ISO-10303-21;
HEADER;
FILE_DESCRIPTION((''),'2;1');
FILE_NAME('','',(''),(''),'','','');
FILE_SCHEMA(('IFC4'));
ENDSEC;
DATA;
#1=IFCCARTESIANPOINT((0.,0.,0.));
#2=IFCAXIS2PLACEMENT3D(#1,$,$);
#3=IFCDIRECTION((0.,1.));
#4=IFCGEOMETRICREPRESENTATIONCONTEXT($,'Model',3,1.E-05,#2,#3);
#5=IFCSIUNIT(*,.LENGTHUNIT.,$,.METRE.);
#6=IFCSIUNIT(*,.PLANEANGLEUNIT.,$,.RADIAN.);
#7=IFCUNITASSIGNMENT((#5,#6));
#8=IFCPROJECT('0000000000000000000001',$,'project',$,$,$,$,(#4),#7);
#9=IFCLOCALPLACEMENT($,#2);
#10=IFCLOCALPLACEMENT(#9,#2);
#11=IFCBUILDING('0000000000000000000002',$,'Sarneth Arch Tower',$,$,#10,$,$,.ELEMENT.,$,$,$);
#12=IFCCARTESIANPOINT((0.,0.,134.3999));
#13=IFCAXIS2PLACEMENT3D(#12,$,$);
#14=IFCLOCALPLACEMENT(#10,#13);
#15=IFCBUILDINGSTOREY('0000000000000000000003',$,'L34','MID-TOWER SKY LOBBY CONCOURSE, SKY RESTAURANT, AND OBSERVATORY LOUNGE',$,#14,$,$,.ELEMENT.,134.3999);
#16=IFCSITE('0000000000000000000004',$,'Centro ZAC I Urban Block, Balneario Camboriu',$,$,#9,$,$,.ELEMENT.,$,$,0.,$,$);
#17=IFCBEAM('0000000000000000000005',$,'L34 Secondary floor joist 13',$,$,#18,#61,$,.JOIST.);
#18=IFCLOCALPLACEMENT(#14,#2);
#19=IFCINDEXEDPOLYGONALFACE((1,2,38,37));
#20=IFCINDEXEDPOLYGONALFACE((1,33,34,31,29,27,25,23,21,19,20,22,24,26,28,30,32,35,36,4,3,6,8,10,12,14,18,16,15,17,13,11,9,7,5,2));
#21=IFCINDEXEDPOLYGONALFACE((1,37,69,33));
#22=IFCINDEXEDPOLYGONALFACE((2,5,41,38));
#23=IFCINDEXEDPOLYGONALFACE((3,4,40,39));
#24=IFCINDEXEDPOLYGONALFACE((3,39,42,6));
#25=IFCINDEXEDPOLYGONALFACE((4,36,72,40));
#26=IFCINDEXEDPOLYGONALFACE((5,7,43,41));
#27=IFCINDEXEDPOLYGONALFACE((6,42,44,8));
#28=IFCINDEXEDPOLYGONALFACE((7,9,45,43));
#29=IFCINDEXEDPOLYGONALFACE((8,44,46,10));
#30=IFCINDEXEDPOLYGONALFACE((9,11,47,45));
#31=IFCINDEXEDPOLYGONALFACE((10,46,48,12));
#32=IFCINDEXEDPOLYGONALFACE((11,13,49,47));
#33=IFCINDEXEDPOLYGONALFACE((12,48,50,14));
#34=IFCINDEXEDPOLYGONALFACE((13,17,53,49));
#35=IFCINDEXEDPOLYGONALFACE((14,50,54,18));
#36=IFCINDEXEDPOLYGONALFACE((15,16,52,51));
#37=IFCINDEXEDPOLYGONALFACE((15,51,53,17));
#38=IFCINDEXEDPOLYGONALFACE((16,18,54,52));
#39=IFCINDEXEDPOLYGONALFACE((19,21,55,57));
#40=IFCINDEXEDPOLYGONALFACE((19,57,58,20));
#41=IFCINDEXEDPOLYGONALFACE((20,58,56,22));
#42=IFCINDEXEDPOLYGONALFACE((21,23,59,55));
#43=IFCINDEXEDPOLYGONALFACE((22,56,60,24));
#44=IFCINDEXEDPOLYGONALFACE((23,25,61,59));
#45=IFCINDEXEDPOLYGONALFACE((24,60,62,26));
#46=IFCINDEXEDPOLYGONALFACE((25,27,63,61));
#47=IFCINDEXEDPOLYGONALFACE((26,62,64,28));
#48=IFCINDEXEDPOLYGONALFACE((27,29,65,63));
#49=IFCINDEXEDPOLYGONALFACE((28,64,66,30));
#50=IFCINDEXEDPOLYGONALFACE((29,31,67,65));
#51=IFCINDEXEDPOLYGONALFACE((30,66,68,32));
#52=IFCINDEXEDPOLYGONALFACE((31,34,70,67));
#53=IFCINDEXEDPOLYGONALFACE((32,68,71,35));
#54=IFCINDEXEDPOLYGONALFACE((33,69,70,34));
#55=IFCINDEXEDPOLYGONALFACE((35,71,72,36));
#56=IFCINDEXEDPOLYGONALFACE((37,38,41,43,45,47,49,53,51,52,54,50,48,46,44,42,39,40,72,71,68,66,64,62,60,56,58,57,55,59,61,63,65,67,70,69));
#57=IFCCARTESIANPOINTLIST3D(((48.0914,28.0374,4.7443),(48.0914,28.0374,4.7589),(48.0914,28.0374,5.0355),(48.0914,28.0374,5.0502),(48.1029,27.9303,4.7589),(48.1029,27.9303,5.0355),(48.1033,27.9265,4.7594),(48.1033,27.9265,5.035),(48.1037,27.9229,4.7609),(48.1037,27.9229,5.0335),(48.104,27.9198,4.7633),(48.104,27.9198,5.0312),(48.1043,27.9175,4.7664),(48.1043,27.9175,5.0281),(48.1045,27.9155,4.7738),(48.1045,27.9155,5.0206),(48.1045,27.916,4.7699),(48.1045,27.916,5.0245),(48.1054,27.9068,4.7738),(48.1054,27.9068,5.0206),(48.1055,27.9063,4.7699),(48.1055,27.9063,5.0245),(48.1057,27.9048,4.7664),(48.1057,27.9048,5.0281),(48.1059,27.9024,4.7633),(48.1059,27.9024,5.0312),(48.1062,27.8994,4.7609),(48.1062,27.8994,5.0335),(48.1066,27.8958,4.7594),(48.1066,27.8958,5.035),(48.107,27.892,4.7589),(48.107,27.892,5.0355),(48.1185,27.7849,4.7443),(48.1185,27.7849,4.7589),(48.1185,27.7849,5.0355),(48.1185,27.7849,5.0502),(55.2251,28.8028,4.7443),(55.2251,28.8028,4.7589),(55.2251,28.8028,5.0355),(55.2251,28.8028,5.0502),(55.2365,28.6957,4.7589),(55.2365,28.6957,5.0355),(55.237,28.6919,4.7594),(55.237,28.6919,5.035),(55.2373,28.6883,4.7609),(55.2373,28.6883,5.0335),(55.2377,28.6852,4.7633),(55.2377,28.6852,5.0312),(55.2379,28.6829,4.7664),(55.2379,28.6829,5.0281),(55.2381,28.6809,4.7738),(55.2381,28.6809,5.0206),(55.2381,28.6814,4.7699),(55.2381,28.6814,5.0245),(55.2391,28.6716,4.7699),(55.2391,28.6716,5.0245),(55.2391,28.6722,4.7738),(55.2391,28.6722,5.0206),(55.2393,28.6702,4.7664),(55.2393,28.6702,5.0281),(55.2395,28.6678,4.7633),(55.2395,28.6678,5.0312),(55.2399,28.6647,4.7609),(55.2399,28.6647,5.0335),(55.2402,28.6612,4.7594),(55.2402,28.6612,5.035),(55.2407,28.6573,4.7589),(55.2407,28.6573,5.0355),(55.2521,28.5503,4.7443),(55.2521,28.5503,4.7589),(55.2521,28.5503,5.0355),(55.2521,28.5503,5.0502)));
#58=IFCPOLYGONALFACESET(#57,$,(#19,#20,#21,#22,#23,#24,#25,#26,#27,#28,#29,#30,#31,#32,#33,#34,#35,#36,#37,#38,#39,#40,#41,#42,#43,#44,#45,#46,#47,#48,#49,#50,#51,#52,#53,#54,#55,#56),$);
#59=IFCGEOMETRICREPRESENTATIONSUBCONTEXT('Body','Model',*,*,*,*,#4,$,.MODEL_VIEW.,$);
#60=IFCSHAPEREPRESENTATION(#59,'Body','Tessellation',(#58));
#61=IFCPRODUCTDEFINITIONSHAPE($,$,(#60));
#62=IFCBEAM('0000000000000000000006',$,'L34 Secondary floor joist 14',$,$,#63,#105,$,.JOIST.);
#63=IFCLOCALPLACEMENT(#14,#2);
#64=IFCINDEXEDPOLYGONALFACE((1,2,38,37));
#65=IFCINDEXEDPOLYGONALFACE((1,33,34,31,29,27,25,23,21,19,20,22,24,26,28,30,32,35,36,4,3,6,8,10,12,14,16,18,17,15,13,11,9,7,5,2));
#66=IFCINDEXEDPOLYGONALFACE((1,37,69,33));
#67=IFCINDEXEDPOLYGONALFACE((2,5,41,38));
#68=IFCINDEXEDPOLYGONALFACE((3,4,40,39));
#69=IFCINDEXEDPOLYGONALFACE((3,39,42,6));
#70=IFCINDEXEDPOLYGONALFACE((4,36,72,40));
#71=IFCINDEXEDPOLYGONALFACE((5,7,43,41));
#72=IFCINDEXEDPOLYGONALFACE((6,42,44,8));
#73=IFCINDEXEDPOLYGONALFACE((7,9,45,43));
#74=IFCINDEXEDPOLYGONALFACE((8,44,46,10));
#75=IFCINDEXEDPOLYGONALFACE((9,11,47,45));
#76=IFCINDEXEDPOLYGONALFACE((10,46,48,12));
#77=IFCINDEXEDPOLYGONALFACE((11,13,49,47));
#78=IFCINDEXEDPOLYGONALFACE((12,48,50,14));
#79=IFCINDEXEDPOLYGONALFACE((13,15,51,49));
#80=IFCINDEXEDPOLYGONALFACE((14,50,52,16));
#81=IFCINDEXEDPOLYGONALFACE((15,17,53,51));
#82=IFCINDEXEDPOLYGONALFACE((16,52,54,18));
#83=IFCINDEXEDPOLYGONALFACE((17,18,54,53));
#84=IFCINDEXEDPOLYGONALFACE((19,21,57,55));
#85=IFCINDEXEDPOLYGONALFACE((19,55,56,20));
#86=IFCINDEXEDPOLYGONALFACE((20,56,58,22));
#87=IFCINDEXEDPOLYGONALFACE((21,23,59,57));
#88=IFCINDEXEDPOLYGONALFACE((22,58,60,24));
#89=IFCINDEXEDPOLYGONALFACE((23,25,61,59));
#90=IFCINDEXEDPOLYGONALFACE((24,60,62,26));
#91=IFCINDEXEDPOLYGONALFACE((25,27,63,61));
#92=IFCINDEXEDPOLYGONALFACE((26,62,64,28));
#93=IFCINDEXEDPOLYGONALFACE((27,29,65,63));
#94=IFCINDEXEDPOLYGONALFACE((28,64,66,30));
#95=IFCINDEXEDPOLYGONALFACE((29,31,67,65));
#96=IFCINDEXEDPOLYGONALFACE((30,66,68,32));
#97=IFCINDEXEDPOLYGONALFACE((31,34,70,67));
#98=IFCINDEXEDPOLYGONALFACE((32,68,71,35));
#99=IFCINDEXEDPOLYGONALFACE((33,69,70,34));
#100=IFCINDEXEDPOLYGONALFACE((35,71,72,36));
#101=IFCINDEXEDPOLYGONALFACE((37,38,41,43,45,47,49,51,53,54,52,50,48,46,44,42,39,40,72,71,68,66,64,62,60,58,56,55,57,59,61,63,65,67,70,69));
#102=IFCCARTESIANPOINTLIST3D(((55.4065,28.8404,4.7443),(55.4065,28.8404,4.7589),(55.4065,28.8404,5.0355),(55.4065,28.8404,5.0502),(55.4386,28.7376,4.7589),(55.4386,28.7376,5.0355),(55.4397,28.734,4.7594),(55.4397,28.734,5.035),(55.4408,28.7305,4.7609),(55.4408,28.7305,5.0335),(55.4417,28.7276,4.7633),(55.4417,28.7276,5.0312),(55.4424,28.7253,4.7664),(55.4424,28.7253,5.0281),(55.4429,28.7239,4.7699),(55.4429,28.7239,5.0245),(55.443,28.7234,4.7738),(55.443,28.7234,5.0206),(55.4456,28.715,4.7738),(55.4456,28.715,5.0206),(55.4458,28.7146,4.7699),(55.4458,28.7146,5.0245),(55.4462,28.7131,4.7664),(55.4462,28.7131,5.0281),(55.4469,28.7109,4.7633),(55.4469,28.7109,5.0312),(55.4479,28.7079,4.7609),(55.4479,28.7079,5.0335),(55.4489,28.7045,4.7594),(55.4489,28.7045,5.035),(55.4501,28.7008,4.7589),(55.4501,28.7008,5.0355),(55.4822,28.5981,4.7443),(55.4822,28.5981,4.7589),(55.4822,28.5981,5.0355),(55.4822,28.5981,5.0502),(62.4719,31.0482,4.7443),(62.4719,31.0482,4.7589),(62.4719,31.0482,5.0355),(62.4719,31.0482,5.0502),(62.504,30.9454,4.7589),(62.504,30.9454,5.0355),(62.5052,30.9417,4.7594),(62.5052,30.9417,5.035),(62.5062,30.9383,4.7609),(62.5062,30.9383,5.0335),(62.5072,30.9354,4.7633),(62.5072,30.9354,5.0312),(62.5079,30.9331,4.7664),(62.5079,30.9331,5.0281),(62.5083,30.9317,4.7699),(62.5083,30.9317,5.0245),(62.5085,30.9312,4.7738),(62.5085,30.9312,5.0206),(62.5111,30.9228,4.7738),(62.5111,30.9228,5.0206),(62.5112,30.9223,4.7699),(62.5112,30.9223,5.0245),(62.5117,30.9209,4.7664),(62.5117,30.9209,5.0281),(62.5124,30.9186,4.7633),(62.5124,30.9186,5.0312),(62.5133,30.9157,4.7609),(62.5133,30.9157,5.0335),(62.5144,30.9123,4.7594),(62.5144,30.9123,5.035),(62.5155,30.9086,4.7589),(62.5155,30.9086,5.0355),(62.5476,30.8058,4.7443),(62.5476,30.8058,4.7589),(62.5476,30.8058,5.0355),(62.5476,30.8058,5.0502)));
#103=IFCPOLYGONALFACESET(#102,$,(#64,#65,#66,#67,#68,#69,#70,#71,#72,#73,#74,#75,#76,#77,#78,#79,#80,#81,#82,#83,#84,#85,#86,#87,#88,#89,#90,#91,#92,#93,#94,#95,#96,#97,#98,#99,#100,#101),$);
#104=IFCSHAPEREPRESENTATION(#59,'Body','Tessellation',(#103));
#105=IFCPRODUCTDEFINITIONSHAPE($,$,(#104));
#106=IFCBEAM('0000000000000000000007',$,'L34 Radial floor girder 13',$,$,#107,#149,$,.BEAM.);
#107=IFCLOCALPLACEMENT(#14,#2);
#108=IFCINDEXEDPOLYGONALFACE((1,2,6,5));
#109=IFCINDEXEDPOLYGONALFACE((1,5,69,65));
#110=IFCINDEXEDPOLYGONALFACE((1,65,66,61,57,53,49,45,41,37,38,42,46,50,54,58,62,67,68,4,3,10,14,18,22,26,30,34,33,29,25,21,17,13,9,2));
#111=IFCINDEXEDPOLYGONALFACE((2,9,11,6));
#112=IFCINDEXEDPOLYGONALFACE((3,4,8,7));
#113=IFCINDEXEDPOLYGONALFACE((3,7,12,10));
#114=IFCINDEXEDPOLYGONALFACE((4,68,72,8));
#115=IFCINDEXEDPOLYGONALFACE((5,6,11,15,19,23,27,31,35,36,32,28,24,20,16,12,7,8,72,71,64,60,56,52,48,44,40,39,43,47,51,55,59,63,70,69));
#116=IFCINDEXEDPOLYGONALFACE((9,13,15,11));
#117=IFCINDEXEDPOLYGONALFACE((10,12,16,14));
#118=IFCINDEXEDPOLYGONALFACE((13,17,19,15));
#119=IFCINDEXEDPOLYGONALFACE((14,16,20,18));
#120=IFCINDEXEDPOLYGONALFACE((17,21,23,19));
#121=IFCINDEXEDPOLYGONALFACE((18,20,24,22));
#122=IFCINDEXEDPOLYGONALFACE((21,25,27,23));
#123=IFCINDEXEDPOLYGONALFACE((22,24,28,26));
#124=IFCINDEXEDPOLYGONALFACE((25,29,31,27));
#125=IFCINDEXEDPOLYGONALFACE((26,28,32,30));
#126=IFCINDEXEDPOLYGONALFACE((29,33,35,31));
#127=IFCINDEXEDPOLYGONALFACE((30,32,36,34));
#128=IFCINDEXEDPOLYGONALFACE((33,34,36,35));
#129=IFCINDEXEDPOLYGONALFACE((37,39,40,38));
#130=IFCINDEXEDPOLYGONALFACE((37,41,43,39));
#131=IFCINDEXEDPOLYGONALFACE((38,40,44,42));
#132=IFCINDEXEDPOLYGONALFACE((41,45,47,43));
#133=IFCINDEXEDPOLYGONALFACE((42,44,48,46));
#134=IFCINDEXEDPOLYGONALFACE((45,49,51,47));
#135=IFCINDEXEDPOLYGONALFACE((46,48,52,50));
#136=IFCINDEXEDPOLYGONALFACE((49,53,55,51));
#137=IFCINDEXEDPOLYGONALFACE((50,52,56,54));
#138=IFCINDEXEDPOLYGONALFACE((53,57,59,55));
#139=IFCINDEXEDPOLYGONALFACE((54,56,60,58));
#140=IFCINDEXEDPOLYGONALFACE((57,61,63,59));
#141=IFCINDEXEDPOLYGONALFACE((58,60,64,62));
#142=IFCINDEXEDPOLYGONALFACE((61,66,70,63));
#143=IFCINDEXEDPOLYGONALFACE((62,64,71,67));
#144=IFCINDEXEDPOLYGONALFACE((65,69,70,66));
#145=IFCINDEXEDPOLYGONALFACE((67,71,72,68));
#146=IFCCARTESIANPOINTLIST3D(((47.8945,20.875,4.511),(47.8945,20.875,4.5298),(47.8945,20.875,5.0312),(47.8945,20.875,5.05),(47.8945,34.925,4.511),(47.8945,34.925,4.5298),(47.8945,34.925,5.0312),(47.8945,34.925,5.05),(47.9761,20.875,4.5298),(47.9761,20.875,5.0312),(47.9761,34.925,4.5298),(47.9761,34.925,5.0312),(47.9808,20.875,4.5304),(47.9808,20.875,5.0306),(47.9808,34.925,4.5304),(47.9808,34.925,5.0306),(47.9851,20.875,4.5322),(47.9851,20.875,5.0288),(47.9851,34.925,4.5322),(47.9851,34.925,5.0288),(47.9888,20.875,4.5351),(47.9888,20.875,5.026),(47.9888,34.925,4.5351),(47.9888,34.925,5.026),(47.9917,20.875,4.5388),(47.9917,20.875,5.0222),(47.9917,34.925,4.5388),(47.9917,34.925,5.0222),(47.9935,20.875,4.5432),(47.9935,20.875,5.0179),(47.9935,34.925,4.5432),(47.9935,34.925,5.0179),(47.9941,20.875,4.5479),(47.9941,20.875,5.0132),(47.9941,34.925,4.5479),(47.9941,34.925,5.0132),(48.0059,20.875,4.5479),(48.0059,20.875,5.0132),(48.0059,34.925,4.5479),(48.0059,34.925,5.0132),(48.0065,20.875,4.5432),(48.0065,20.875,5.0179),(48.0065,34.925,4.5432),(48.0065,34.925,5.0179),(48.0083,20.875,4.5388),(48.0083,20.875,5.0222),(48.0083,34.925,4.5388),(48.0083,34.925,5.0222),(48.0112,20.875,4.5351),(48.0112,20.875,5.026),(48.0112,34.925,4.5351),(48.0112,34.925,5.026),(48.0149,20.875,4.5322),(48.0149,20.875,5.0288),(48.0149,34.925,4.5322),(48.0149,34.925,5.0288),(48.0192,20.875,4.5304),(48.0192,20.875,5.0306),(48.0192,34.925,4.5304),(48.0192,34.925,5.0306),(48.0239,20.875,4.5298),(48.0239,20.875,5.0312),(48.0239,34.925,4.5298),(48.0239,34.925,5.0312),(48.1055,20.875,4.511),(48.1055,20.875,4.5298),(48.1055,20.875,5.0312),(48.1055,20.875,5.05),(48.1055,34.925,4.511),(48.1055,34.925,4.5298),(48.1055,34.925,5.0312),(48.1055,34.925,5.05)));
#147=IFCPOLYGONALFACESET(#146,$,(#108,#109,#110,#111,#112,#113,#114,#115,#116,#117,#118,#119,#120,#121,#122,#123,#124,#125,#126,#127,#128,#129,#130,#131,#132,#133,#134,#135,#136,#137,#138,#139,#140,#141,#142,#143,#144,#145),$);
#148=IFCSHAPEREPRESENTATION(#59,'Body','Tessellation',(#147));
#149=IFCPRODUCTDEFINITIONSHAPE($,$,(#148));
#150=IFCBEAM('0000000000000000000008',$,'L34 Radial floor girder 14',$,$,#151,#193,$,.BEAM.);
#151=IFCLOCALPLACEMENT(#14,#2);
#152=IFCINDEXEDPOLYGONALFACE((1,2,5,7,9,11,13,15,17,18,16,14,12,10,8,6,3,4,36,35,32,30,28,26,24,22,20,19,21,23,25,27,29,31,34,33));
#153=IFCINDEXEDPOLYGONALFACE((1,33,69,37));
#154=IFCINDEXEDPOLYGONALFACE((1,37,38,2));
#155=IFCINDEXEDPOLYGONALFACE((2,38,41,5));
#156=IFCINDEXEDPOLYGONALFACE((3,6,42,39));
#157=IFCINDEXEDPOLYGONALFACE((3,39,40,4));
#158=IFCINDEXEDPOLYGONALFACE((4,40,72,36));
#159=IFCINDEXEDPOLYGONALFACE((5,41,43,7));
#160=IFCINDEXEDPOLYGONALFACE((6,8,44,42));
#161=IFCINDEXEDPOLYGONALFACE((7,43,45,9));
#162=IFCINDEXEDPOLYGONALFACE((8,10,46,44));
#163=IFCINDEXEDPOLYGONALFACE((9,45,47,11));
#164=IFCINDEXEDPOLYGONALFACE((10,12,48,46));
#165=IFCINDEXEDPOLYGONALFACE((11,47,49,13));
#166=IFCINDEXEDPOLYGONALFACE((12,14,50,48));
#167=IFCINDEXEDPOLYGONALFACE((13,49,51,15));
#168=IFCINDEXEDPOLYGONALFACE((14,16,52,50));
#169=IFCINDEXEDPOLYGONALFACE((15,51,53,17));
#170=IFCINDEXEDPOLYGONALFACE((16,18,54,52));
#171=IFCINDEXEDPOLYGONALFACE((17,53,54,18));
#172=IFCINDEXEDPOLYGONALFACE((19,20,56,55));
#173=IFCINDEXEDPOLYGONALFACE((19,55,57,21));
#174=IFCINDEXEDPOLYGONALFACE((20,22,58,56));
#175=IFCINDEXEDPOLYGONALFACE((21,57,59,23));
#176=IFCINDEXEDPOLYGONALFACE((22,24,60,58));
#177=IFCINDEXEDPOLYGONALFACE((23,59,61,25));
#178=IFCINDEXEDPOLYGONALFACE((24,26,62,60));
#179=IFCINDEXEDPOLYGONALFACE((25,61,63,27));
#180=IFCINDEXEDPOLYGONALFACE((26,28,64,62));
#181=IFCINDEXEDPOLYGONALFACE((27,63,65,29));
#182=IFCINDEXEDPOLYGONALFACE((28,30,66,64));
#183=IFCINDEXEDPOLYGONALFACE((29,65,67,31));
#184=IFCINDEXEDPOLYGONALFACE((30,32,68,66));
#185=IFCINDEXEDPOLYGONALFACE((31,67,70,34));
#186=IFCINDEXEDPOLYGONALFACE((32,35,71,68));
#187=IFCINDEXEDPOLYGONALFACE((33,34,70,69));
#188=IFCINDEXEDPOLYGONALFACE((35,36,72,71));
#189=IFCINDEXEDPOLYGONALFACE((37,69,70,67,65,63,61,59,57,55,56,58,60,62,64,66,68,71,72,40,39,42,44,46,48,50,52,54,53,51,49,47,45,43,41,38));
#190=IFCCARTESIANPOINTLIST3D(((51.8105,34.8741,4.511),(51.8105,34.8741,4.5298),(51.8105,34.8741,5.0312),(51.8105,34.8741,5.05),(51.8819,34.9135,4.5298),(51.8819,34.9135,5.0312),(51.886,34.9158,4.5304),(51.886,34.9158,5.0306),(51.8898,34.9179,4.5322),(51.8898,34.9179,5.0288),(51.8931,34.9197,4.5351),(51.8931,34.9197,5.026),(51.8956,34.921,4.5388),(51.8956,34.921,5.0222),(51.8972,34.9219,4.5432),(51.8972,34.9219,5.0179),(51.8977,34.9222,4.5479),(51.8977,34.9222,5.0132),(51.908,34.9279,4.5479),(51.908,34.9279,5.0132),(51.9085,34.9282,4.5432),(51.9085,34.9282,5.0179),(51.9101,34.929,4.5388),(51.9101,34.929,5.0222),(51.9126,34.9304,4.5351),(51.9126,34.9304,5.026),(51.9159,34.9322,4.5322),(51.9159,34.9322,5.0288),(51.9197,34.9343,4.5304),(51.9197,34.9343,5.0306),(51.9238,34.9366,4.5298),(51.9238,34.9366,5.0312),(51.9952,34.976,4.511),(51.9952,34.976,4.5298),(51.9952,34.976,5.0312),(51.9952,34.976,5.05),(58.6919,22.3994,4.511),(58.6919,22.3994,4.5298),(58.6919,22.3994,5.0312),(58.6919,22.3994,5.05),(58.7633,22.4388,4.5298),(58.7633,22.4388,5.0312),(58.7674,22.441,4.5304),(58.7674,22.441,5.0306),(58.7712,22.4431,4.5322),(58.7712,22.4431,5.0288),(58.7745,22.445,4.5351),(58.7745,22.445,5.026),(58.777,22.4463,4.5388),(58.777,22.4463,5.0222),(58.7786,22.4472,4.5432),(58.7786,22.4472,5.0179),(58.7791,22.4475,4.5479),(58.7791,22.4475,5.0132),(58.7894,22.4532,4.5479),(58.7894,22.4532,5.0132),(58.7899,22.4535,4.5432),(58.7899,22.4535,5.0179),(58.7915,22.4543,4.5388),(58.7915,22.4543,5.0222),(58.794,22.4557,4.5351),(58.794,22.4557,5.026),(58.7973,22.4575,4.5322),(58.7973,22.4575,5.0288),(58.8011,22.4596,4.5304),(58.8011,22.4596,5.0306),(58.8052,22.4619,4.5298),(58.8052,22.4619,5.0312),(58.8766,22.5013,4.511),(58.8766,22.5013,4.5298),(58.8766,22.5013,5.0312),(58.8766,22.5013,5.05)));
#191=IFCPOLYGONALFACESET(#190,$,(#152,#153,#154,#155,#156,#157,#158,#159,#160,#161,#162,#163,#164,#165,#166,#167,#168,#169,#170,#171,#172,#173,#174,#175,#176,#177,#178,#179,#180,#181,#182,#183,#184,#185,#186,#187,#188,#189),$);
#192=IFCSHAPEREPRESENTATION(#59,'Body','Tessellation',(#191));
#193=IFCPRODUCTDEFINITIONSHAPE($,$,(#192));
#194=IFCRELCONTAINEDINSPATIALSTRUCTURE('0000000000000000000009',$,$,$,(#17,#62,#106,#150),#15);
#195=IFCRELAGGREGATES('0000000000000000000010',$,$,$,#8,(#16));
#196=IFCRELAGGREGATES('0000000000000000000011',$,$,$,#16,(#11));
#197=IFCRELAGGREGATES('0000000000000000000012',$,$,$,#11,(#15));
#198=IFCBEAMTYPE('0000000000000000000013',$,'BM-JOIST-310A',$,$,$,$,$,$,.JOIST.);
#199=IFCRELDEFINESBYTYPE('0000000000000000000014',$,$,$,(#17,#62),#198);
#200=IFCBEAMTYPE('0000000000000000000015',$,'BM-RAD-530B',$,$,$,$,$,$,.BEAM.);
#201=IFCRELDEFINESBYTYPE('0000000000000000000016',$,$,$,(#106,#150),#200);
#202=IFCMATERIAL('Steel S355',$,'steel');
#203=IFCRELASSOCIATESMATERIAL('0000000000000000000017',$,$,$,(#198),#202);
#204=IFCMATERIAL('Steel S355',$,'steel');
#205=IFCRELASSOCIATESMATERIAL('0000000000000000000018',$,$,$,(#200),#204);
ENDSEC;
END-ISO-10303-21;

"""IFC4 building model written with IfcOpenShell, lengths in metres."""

from ifc_helpers import new_model, si_unit, direction, frame, origin, origin_2d, place, context, subcontext, project, spatial, i_section, extrude, material, material_profile, profile_set, type_object, element, save


model = new_model("IFC4")

# Units and contexts
model_context = context("Model", 3, precision=1e-05, world=origin(), true_north=direction((0.0, 1.0)))
body_context = subcontext(model_context, "Body", "Model", "MODEL_VIEW")
ifc_project = project(units=[si_unit("LENGTHUNIT", "METRE"), si_unit("PLANEANGLEUNIT", "RADIAN")], contexts=[model_context])

# Site, building, storey
site_placement = place(None, origin())
site = spatial("IfcSite", under=ifc_project, at=site_placement, Name="Centro ZAC I Urban Block, Balneario Camboriu", CompositionType="ELEMENT", RefElevation=0.0)
building_placement = place(site_placement, origin())
building = spatial("IfcBuilding", under=site, at=building_placement, Name="Sarneth Arch Tower", CompositionType="ELEMENT")
storey_placement = place(building_placement, frame((0.0, 0.0, 134.3999)))
storey = spatial("IfcBuildingStorey", under=building, at=storey_placement, Name="L34", Description="MID-TOWER SKY LOBBY CONCOURSE, SKY RESTAURANT, AND OBSERVATORY LOUNGE", CompositionType="ELEMENT", Elevation=134.3999)

# Beams
ifc_material_1 = material(Name="Steel S355", Category="steel")
ifc_material_profile_1 = material_profile(ifc_material_1, i_section(OverallWidth=0.2539, OverallDepth=0.3059, WebThickness=0.0088, FlangeThickness=0.0146, FilletRadius=0.0149, at=origin_2d()), Name="W310x79")
ifc_profile_set_1 = profile_set([ifc_material_profile_1], Name="Steel S355")
beam_type_1 = type_object("IfcBeamType", Name="BM-JOIST-310A", PredefinedType="JOIST", material=ifc_profile_set_1)
beam_1_placement = place(storey_placement, frame((48.105, 27.9111, 4.8972), z_axis=(0.994293, 0.106681, 0.0), x_axis=(-0.106681, 0.994293, 0.0)))
element("IfcBeam", 1, at=beam_1_placement, inside=storey, type_object=beam_type_1, Name="L34 Secondary floor joist 13", PredefinedType="JOIST", context=body_context, shape_type="SweptSolid", body=[
    extrude(i_section(OverallWidth=0.2539, OverallDepth=0.3059, WebThickness=0.0088, FlangeThickness=0.0146, FilletRadius=0.0149, at=origin_2d()), origin(), (0.0, 0.0, 1.0), 7.1746),
])
beam_2_placement = place(storey_placement, frame((55.4443, 28.7192, 4.8972), z_axis=(0.954487, 0.298252, 0.0), x_axis=(-0.298252, 0.954487, 0.0)))
element("IfcBeam", 2, at=beam_2_placement, inside=storey, type_object=beam_type_1, Name="L34 Secondary floor joist 14", PredefinedType="JOIST", context=body_context, shape_type="SweptSolid", body=[
    extrude(i_section(OverallWidth=0.2539, OverallDepth=0.3059, WebThickness=0.0088, FlangeThickness=0.0146, FilletRadius=0.0149, at=origin_2d()), origin(), (0.0, 0.0, 1.0), 7.4023),
])
ifc_material_2 = material(Name="Steel S355", Category="steel")
ifc_material_profile_2 = material_profile(ifc_material_2, i_section(OverallWidth=0.2109, OverallDepth=0.5391, WebThickness=0.0117, FlangeThickness=0.0188, FilletRadius=0.0181, at=origin_2d()), Name="W530x109")
ifc_profile_set_2 = profile_set([ifc_material_profile_2], Name="Steel S355")
beam_type_2 = type_object("IfcBeamType", Name="BM-RAD-530B", PredefinedType="BEAM", material=ifc_profile_set_2)
beam_3_placement = place(storey_placement, frame((48.0, 34.925, 4.7805), z_axis=(0.0, -1.0, 0.0), x_axis=(1.0, 0.0, 0.0)))
element("IfcBeam", 3, at=beam_3_placement, inside=storey, type_object=beam_type_2, Name="L34 Radial floor girder 13", PredefinedType="BEAM", context=body_context, shape_type="SweptSolid", body=[
    extrude(i_section(OverallWidth=0.2109, OverallDepth=0.5391, WebThickness=0.0117, FlangeThickness=0.0188, FilletRadius=0.0181, at=origin_2d()), origin(), (0.0, 0.0, 1.0), 14.05),
])
beam_4_placement = place(storey_placement, frame((51.9028, 34.925, 4.7805), z_axis=(0.483013, -0.875613, 0.0), x_axis=(0.875613, 0.483013, 0.0)))
element("IfcBeam", 4, at=beam_4_placement, inside=storey, type_object=beam_type_2, Name="L34 Radial floor girder 14", PredefinedType="BEAM", context=body_context, shape_type="SweptSolid", body=[
    extrude(i_section(OverallWidth=0.2109, OverallDepth=0.5391, WebThickness=0.0117, FlangeThickness=0.0188, FilletRadius=0.0181, at=origin_2d()), origin(), (0.0, 0.0, 1.0), 14.2468),
])

save(model, "model.ifc")
